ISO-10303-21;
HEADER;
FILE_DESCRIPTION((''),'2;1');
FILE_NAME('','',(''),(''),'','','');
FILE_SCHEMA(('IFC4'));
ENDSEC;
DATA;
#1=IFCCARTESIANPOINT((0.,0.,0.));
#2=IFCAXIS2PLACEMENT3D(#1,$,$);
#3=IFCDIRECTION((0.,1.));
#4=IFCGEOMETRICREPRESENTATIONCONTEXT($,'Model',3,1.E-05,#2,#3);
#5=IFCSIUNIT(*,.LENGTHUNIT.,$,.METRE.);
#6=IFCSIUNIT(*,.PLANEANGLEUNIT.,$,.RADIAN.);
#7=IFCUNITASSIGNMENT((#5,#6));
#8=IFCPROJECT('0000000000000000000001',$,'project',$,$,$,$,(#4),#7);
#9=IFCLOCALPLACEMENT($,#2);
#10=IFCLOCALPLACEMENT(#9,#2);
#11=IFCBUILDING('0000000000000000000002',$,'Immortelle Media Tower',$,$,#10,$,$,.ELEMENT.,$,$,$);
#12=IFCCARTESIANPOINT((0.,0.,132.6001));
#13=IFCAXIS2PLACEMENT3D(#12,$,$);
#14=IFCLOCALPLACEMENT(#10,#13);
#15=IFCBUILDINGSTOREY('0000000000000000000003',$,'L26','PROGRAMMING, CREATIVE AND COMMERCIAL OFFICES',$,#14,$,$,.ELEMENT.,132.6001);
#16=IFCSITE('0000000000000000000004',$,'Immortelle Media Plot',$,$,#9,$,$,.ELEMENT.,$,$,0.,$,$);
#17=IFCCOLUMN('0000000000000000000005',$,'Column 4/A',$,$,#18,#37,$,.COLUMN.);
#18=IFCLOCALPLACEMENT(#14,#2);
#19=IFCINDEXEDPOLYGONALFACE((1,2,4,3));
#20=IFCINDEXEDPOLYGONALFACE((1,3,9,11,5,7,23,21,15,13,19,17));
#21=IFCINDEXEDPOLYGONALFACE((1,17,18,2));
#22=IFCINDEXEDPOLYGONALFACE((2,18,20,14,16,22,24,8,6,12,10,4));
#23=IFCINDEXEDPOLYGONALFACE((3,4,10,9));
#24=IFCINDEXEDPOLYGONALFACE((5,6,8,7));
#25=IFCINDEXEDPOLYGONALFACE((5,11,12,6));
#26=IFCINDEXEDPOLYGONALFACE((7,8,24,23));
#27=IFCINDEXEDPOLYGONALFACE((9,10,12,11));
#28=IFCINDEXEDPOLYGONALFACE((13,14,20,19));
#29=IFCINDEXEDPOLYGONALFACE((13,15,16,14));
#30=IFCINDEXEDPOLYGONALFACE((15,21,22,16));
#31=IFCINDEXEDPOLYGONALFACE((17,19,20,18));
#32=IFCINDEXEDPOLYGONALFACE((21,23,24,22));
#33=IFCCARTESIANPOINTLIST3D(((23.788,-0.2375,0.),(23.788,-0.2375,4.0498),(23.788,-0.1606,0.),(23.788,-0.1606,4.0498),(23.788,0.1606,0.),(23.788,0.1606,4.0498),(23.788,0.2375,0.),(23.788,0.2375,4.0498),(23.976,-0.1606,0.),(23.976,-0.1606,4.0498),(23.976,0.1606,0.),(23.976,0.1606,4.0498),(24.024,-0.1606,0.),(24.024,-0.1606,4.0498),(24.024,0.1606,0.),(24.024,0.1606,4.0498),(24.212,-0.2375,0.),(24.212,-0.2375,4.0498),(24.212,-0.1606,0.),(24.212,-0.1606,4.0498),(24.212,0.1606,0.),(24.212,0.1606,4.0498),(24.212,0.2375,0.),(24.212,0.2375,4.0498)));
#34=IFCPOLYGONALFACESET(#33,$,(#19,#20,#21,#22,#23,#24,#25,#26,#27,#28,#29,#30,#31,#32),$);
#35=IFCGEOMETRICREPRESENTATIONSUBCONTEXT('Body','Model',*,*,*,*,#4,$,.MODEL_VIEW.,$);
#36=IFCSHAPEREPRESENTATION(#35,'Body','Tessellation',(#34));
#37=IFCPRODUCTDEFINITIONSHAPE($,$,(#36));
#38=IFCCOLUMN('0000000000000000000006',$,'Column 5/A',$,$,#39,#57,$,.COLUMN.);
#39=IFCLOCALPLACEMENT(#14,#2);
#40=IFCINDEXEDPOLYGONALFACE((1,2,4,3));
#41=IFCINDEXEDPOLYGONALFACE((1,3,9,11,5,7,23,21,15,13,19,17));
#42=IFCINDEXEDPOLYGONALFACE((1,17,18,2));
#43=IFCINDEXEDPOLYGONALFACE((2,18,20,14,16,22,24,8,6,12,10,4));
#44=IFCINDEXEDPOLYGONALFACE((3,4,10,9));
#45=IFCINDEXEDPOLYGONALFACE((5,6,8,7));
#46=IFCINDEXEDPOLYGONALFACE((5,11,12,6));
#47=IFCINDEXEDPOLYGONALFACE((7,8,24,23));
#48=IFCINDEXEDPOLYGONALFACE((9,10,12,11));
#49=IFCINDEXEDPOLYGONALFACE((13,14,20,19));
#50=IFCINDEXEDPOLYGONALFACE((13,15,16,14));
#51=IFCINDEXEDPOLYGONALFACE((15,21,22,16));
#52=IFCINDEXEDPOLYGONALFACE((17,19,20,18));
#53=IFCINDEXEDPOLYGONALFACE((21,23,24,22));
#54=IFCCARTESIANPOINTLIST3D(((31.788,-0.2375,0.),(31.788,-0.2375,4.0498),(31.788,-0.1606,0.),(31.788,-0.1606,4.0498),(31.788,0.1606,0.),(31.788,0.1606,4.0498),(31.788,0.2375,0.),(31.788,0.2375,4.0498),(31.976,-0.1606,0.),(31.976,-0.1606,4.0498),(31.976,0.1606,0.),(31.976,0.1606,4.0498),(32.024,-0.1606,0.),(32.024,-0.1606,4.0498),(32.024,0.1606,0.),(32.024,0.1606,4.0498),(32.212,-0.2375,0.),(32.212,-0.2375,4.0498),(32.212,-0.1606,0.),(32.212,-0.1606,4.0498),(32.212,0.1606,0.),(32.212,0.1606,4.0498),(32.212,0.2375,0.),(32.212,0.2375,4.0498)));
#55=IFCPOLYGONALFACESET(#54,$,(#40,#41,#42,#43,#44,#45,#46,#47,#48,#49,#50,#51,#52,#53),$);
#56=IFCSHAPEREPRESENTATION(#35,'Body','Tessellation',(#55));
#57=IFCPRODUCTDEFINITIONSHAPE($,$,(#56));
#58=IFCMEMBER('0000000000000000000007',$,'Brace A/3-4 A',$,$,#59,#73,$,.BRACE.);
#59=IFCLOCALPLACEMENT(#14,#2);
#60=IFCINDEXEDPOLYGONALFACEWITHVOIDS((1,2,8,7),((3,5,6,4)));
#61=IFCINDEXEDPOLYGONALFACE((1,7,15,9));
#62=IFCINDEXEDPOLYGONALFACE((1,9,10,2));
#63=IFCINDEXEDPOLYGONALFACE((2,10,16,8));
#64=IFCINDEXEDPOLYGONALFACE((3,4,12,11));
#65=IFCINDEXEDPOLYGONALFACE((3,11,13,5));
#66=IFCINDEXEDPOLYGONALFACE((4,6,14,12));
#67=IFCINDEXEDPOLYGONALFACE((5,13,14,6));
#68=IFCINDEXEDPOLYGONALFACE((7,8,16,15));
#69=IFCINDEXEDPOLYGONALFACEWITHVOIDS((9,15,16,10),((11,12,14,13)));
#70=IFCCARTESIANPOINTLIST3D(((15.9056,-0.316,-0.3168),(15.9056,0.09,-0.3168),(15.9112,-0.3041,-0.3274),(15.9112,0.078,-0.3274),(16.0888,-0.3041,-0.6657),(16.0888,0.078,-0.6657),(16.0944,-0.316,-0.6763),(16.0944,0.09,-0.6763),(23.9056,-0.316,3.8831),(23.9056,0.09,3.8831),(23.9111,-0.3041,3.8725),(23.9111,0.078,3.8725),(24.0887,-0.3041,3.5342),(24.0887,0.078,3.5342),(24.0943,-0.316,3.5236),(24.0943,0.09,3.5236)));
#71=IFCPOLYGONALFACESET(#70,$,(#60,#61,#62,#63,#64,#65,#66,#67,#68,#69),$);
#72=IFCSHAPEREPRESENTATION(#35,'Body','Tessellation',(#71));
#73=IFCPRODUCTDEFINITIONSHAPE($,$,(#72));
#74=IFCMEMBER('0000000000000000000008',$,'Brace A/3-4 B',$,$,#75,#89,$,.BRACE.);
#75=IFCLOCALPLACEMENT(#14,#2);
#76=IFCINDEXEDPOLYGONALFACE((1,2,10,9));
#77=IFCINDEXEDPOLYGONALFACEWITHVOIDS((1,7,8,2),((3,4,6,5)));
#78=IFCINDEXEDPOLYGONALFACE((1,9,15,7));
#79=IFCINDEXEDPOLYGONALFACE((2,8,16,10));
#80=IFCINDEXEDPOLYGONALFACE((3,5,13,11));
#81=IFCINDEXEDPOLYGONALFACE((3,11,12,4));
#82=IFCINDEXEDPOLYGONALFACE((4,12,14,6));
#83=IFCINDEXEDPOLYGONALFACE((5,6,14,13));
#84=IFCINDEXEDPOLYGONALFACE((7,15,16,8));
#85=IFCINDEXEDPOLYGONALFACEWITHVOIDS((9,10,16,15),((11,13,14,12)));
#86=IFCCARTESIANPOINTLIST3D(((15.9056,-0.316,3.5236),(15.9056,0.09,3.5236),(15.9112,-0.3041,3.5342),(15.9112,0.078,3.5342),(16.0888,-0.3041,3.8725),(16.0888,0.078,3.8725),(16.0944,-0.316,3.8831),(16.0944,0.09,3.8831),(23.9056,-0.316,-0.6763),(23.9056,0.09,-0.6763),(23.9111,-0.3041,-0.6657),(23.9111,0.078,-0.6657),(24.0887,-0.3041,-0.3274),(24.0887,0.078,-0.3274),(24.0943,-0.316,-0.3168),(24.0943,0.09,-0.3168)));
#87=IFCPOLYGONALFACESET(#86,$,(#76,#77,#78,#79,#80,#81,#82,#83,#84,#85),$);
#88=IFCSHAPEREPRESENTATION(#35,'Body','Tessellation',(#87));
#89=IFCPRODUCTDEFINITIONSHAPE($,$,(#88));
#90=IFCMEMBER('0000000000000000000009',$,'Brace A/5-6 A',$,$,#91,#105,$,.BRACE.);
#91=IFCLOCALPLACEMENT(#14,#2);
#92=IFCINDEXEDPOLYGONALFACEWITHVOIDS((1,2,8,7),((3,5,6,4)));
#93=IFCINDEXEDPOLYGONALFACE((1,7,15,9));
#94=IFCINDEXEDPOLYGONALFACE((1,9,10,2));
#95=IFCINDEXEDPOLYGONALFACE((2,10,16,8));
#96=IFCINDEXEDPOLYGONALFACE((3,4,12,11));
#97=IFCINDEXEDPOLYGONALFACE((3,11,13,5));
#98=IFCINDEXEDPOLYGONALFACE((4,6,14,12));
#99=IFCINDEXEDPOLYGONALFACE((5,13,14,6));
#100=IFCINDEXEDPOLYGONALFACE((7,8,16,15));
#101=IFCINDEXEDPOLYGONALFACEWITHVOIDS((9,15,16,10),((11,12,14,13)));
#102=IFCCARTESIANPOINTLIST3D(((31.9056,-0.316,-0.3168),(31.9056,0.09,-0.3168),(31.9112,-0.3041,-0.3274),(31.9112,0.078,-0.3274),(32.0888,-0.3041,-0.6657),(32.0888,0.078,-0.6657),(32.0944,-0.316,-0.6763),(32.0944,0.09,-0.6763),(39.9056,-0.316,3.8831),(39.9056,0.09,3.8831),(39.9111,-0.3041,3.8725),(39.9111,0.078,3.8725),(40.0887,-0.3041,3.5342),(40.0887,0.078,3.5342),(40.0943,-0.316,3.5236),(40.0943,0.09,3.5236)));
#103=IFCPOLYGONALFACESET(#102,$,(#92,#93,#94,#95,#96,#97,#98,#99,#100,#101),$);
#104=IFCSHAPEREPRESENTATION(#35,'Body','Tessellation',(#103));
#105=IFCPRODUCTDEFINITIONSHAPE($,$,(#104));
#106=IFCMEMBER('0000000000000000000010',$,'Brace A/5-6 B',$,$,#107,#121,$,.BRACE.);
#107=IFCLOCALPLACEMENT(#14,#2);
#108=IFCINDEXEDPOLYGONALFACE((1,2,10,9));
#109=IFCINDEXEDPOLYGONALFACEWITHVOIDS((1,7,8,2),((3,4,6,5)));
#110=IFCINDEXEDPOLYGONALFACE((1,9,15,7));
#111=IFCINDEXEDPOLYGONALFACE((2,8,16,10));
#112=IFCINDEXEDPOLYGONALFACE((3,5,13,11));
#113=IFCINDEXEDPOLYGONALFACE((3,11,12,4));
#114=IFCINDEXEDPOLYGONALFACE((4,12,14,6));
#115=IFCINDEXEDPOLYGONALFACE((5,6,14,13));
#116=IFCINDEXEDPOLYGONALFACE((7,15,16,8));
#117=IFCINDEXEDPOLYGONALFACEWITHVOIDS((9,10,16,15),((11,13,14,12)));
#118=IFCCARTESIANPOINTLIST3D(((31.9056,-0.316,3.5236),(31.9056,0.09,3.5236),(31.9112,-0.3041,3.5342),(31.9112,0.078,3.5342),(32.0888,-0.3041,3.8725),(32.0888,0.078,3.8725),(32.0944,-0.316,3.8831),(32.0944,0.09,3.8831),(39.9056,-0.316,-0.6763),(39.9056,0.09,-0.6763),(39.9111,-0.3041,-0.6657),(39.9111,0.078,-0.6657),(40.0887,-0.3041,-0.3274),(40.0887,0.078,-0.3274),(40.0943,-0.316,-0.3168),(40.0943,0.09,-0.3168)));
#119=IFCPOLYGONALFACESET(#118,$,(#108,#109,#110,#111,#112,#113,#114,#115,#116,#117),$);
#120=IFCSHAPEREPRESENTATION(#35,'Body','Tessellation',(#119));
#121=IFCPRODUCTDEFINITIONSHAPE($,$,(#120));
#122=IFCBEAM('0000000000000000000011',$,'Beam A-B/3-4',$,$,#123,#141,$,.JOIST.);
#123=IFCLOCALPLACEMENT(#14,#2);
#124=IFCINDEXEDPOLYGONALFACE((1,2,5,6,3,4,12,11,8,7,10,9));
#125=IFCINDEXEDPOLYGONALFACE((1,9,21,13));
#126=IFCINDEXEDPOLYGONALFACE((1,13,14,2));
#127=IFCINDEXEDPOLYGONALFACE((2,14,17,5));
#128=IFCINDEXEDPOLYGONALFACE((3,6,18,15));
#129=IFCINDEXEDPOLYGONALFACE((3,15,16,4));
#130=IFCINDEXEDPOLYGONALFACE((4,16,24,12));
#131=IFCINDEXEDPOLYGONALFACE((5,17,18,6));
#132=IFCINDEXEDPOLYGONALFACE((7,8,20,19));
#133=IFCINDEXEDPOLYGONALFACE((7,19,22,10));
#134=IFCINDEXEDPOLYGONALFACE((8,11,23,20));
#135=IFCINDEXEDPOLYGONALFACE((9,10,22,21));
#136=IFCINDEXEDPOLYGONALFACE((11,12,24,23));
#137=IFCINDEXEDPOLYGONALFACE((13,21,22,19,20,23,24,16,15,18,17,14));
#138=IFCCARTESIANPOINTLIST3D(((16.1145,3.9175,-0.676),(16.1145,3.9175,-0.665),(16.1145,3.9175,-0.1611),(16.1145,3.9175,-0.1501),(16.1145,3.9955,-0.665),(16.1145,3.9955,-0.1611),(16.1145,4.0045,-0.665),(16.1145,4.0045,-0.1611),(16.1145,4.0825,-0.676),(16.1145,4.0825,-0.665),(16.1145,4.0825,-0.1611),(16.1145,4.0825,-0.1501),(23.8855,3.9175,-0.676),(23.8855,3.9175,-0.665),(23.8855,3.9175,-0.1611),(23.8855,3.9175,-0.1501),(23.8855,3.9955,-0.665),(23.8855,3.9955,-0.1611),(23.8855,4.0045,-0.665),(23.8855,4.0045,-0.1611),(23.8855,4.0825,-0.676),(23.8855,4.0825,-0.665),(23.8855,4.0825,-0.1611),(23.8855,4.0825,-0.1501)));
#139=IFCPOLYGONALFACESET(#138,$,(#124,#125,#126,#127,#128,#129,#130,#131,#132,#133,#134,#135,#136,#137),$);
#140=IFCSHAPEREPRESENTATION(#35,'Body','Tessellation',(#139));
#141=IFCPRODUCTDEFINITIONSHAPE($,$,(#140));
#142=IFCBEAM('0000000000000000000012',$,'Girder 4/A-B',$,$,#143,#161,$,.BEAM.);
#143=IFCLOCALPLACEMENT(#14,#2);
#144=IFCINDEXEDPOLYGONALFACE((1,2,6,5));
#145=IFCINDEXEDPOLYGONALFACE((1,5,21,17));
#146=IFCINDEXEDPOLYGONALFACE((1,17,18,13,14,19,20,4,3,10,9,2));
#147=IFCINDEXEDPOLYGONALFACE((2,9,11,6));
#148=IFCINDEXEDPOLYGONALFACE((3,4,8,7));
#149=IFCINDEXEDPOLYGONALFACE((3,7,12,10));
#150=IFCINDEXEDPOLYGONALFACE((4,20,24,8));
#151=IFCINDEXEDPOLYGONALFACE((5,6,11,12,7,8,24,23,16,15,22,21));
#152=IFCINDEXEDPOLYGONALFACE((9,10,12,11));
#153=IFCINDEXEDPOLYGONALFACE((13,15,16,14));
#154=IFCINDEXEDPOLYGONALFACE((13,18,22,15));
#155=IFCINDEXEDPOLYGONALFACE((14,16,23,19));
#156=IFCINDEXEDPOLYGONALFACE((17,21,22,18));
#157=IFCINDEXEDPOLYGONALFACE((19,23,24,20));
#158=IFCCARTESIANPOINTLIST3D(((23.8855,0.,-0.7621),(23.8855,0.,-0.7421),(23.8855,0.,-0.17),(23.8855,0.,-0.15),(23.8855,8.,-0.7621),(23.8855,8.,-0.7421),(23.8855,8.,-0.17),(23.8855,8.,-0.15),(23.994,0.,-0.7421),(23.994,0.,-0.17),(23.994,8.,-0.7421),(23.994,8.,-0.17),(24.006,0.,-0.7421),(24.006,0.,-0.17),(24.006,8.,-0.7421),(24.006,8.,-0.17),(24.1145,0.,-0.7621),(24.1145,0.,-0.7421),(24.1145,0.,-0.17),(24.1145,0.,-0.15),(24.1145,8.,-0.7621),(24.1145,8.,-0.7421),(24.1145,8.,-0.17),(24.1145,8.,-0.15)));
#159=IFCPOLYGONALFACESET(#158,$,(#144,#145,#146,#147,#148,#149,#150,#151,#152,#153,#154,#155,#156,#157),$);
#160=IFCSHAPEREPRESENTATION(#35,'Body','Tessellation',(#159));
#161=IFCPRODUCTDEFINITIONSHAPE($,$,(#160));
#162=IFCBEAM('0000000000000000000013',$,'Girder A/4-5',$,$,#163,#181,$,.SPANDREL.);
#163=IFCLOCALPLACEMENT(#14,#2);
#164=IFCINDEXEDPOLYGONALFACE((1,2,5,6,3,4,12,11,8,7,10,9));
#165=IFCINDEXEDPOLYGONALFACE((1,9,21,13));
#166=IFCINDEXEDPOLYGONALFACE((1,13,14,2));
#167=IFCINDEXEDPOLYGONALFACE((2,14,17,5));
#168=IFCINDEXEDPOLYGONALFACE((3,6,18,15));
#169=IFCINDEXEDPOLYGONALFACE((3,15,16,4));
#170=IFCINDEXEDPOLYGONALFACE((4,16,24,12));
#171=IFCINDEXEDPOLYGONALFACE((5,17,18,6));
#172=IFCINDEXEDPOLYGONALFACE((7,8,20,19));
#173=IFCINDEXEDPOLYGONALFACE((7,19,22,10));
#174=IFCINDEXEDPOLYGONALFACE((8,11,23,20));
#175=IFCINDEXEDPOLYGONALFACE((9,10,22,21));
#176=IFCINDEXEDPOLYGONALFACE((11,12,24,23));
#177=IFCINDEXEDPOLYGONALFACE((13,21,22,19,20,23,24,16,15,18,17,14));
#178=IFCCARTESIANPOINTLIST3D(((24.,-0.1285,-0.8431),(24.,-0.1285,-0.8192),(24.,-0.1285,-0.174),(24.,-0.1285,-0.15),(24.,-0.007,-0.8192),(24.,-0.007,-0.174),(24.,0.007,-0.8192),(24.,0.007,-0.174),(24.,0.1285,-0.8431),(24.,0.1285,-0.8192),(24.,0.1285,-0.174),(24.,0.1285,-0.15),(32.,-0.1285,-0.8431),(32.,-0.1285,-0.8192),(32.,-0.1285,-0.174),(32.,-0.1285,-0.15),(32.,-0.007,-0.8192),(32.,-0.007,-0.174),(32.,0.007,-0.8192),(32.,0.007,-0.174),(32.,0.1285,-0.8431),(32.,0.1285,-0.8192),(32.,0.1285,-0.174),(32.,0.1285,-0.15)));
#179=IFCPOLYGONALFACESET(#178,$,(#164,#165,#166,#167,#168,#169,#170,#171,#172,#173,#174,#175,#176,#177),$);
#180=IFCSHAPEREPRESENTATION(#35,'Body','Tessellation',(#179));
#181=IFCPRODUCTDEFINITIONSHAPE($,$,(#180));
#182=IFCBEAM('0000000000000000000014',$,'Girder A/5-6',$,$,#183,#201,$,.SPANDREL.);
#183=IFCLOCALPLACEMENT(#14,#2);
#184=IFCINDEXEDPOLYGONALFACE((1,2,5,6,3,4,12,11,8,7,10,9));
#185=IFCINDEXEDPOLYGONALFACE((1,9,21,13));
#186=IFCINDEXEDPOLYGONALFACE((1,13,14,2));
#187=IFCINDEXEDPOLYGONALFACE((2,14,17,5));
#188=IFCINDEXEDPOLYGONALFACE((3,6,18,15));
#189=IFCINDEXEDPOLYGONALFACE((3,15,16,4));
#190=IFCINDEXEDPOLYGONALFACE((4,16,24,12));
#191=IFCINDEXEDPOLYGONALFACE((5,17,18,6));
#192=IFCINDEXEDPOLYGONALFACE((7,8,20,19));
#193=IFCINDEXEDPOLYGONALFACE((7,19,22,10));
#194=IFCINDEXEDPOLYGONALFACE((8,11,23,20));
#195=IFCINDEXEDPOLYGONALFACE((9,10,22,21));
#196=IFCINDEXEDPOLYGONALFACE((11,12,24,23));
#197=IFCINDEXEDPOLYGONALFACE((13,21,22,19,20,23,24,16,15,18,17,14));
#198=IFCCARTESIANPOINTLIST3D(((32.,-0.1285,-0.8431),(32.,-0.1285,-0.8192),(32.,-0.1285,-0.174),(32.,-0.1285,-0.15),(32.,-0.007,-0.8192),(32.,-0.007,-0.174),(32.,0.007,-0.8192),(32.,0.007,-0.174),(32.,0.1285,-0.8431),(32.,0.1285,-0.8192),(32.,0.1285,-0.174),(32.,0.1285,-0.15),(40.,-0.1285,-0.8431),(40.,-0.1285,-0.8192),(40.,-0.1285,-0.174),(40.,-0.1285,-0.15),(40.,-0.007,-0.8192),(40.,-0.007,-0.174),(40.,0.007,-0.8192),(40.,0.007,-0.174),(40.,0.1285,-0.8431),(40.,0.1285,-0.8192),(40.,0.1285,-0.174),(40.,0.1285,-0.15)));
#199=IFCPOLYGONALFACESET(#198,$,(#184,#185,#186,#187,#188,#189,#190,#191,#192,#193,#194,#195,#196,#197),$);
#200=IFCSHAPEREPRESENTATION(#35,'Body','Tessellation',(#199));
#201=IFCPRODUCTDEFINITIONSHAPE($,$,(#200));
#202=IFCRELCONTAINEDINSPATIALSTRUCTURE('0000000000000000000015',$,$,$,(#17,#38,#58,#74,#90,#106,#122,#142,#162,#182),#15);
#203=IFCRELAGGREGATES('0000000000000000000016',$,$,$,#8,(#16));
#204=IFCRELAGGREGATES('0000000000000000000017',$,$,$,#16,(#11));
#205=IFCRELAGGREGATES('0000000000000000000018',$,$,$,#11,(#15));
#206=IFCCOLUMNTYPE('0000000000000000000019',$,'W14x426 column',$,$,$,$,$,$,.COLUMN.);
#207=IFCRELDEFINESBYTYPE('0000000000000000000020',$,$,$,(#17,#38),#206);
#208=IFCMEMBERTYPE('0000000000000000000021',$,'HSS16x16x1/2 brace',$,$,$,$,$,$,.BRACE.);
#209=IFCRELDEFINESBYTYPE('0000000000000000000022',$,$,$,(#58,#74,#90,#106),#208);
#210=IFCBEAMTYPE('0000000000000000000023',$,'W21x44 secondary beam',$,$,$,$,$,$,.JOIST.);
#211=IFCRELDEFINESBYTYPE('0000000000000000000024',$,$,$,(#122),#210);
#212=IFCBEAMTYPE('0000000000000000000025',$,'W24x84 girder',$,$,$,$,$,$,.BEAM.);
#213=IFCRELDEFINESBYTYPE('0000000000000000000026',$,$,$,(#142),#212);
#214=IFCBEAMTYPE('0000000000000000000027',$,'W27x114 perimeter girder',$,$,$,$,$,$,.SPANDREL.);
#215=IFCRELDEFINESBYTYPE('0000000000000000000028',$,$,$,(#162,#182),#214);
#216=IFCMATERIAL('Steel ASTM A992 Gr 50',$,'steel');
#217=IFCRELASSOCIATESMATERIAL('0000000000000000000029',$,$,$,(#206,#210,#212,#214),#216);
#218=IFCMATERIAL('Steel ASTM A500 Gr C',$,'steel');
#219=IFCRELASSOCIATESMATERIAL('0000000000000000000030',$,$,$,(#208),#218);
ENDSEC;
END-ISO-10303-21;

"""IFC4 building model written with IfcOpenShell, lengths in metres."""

from ifc_helpers import new_model, si_unit, direction, frame, origin, origin_2d, place, context, subcontext, project, spatial, hollow_rectangle, i_section, extrude, material, material_profile, profile_set, type_object, element, save


model = new_model("IFC4")

# Units and contexts
model_context = context("Model", 3, precision=1e-05, world=origin(), true_north=direction((0.0, 1.0)))
body_context = subcontext(model_context, "Body", "Model", "MODEL_VIEW")
ifc_project = project(units=[si_unit("LENGTHUNIT", "METRE"), si_unit("PLANEANGLEUNIT", "RADIAN")], contexts=[model_context])

# Site, building, storey
site_placement = place(None, origin())
site = spatial("IfcSite", under=ifc_project, at=site_placement, Name="Immortelle Media Plot", CompositionType="ELEMENT", RefElevation=0.0)
building_placement = place(site_placement, origin())
building = spatial("IfcBuilding", under=site, at=building_placement, Name="Immortelle Media Tower", CompositionType="ELEMENT")
storey_placement = place(building_placement, frame((0.0, 0.0, 132.6001)))
storey = spatial("IfcBuildingStorey", under=building, at=storey_placement, Name="L26", Description="PROGRAMMING, CREATIVE AND COMMERCIAL OFFICES", CompositionType="ELEMENT", Elevation=132.6001)

# Columns
ifc_material_1 = material(Name="Steel ASTM A992 Gr 50", Category="steel")
ifc_material_profile_1 = material_profile(ifc_material_1, i_section(OverallWidth=0.4241, OverallDepth=0.4751, WebThickness=0.0481, FlangeThickness=0.0769, at=origin_2d()), Name="W14x426")
ifc_profile_set_1 = profile_set([ifc_material_profile_1], Name="Steel ASTM A992 Gr 50")
column_type = type_object("IfcColumnType", Name="W14x426 column", PredefinedType="COLUMN", material=ifc_profile_set_1)
for number, where, z_axis, x_axis, name in (
    (1, (24.0, 0.0, 0.0), (0.0, 0.0, 1.0), (1.0, 0.0, 0.0), "Column 4/A"),
    (2, (32.0, 0.0, 0.0), (0.0, 0.0, 1.0), (1.0, 0.0, 0.0), "Column 5/A"),
):
    element("IfcColumn", number, at=place(storey_placement, frame(where, z_axis=z_axis, x_axis=x_axis)), inside=storey, type_object=column_type, Name=name, PredefinedType="COLUMN", context=body_context, shape_type="SweptSolid", body=[
        extrude(i_section(OverallWidth=0.4241, OverallDepth=0.4751, WebThickness=0.0481, FlangeThickness=0.0769, at=origin_2d()), origin(), (0.0, 0.0, 1.0), 4.0498),
    ])

# Members
ifc_material_2 = material(Name="Steel ASTM A500 Gr C", Category="steel")
ifc_material_profile_2 = material_profile(ifc_material_2, hollow_rectangle(XDim=0.406, YDim=0.406, WallThickness=0.012, at=origin_2d()), Name="HSS16x16x1/2 brace")
ifc_profile_set_2 = profile_set([ifc_material_profile_2], Name="Steel ASTM A500 Gr C")
member_type = type_object("IfcMemberType", Name="HSS16x16x1/2 brace", PredefinedType="BRACE", material=ifc_profile_set_2)
for number, where, z_axis, x_axis, name in (
    (3, (16.0, -0.113, -0.4966), (0.8854, 0.0, 0.46483), (0.0, 1.0, 0.0), "Brace A/3-4 A"),
    (4, (16.0, -0.113, 3.7034), (0.8854, 0.0, -0.46483), (0.0, 1.0, 0.0), "Brace A/3-4 B"),
    (5, (32.0, -0.113, -0.4966), (0.8854, 0.0, 0.46483), (0.0, 1.0, 0.0), "Brace A/5-6 A"),
    (6, (32.0, -0.113, 3.7034), (0.8854, 0.0, -0.46483), (0.0, 1.0, 0.0), "Brace A/5-6 B"),
):
    element("IfcMember", number, at=place(storey_placement, frame(where, z_axis=z_axis, x_axis=x_axis)), inside=storey, type_object=member_type, Name=name, PredefinedType="BRACE", context=body_context, shape_type="SweptSolid", body=[
        extrude(hollow_rectangle(XDim=0.406, YDim=0.406, WallThickness=0.012, at=origin_2d()), origin(), (0.0, 0.0, 1.0), 9.0354),
    ])

# Beams
ifc_material_profile_3 = material_profile(ifc_material_1, i_section(OverallWidth=0.165, OverallDepth=0.5259, WebThickness=0.009, FlangeThickness=0.011, at=origin_2d()), Name="W21x44")
ifc_profile_set_3 = profile_set([ifc_material_profile_3], Name="Steel ASTM A992 Gr 50")
beam_type_1 = type_object("IfcBeamType", Name="W21x44 secondary beam", PredefinedType="JOIST", material=ifc_profile_set_3)
beam_1_placement = place(storey_placement, frame((16.1145, 4.0, -0.4131), z_axis=(1.0, 0.0, 0.0), x_axis=(0.0, 1.0, 0.0)))
element("IfcBeam", 7, at=beam_1_placement, inside=storey, type_object=beam_type_1, Name="Beam A-B/3-4", PredefinedType="JOIST", context=body_context, shape_type="SweptSolid", body=[
    extrude(i_section(OverallWidth=0.165, OverallDepth=0.5259, WebThickness=0.009, FlangeThickness=0.011, at=origin_2d()), origin(), (0.0, 0.0, 1.0), 7.771),
])
ifc_material_profile_4 = material_profile(ifc_material_1, i_section(OverallWidth=0.229, OverallDepth=0.6121, WebThickness=0.012, FlangeThickness=0.02, at=origin_2d()), Name="W24x84")
ifc_profile_set_4 = profile_set([ifc_material_profile_4], Name="Steel ASTM A992 Gr 50")
beam_type_2 = type_object("IfcBeamType", Name="W24x84 girder", PredefinedType="BEAM", material=ifc_profile_set_4)
beam_2_placement = place(storey_placement, frame((24.0, 0.0, -0.4561), z_axis=(0.0, 1.0, 0.0), x_axis=(-1.0, 0.0, 0.0)))
element("IfcBeam", 8, at=beam_2_placement, inside=storey, type_object=beam_type_2, Name="Girder 4/A-B", PredefinedType="BEAM", context=body_context, shape_type="SweptSolid", body=[
    extrude(i_section(OverallWidth=0.229, OverallDepth=0.6121, WebThickness=0.012, FlangeThickness=0.02, at=origin_2d()), origin(), (0.0, 0.0, 1.0), 8.0),
])
ifc_material_profile_5 = material_profile(ifc_material_1, i_section(OverallWidth=0.2571, OverallDepth=0.6931, WebThickness=0.0139, FlangeThickness=0.0239, at=origin_2d()), Name="W27x114")
ifc_profile_set_5 = profile_set([ifc_material_profile_5], Name="Steel ASTM A992 Gr 50")
beam_type_3 = type_object("IfcBeamType", Name="W27x114 perimeter girder", PredefinedType="SPANDREL", material=ifc_profile_set_5)
for number, where, z_axis, x_axis, name in (
    (9, (24.0, 0.0, -0.4966), (1.0, 0.0, 0.0), (0.0, 1.0, 0.0), "Girder A/4-5"),
    (10, (32.0, 0.0, -0.4966), (1.0, 0.0, 0.0), (0.0, 1.0, 0.0), "Girder A/5-6"),
):
    element("IfcBeam", number, at=place(storey_placement, frame(where, z_axis=z_axis, x_axis=x_axis)), inside=storey, type_object=beam_type_3, Name=name, PredefinedType="SPANDREL", context=body_context, shape_type="SweptSolid", body=[
        extrude(i_section(OverallWidth=0.2571, OverallDepth=0.6931, WebThickness=0.0139, FlangeThickness=0.0239, at=origin_2d()), origin(), (0.0, 0.0, 1.0), 8.0),
    ])

save(model, "model.ifc")
